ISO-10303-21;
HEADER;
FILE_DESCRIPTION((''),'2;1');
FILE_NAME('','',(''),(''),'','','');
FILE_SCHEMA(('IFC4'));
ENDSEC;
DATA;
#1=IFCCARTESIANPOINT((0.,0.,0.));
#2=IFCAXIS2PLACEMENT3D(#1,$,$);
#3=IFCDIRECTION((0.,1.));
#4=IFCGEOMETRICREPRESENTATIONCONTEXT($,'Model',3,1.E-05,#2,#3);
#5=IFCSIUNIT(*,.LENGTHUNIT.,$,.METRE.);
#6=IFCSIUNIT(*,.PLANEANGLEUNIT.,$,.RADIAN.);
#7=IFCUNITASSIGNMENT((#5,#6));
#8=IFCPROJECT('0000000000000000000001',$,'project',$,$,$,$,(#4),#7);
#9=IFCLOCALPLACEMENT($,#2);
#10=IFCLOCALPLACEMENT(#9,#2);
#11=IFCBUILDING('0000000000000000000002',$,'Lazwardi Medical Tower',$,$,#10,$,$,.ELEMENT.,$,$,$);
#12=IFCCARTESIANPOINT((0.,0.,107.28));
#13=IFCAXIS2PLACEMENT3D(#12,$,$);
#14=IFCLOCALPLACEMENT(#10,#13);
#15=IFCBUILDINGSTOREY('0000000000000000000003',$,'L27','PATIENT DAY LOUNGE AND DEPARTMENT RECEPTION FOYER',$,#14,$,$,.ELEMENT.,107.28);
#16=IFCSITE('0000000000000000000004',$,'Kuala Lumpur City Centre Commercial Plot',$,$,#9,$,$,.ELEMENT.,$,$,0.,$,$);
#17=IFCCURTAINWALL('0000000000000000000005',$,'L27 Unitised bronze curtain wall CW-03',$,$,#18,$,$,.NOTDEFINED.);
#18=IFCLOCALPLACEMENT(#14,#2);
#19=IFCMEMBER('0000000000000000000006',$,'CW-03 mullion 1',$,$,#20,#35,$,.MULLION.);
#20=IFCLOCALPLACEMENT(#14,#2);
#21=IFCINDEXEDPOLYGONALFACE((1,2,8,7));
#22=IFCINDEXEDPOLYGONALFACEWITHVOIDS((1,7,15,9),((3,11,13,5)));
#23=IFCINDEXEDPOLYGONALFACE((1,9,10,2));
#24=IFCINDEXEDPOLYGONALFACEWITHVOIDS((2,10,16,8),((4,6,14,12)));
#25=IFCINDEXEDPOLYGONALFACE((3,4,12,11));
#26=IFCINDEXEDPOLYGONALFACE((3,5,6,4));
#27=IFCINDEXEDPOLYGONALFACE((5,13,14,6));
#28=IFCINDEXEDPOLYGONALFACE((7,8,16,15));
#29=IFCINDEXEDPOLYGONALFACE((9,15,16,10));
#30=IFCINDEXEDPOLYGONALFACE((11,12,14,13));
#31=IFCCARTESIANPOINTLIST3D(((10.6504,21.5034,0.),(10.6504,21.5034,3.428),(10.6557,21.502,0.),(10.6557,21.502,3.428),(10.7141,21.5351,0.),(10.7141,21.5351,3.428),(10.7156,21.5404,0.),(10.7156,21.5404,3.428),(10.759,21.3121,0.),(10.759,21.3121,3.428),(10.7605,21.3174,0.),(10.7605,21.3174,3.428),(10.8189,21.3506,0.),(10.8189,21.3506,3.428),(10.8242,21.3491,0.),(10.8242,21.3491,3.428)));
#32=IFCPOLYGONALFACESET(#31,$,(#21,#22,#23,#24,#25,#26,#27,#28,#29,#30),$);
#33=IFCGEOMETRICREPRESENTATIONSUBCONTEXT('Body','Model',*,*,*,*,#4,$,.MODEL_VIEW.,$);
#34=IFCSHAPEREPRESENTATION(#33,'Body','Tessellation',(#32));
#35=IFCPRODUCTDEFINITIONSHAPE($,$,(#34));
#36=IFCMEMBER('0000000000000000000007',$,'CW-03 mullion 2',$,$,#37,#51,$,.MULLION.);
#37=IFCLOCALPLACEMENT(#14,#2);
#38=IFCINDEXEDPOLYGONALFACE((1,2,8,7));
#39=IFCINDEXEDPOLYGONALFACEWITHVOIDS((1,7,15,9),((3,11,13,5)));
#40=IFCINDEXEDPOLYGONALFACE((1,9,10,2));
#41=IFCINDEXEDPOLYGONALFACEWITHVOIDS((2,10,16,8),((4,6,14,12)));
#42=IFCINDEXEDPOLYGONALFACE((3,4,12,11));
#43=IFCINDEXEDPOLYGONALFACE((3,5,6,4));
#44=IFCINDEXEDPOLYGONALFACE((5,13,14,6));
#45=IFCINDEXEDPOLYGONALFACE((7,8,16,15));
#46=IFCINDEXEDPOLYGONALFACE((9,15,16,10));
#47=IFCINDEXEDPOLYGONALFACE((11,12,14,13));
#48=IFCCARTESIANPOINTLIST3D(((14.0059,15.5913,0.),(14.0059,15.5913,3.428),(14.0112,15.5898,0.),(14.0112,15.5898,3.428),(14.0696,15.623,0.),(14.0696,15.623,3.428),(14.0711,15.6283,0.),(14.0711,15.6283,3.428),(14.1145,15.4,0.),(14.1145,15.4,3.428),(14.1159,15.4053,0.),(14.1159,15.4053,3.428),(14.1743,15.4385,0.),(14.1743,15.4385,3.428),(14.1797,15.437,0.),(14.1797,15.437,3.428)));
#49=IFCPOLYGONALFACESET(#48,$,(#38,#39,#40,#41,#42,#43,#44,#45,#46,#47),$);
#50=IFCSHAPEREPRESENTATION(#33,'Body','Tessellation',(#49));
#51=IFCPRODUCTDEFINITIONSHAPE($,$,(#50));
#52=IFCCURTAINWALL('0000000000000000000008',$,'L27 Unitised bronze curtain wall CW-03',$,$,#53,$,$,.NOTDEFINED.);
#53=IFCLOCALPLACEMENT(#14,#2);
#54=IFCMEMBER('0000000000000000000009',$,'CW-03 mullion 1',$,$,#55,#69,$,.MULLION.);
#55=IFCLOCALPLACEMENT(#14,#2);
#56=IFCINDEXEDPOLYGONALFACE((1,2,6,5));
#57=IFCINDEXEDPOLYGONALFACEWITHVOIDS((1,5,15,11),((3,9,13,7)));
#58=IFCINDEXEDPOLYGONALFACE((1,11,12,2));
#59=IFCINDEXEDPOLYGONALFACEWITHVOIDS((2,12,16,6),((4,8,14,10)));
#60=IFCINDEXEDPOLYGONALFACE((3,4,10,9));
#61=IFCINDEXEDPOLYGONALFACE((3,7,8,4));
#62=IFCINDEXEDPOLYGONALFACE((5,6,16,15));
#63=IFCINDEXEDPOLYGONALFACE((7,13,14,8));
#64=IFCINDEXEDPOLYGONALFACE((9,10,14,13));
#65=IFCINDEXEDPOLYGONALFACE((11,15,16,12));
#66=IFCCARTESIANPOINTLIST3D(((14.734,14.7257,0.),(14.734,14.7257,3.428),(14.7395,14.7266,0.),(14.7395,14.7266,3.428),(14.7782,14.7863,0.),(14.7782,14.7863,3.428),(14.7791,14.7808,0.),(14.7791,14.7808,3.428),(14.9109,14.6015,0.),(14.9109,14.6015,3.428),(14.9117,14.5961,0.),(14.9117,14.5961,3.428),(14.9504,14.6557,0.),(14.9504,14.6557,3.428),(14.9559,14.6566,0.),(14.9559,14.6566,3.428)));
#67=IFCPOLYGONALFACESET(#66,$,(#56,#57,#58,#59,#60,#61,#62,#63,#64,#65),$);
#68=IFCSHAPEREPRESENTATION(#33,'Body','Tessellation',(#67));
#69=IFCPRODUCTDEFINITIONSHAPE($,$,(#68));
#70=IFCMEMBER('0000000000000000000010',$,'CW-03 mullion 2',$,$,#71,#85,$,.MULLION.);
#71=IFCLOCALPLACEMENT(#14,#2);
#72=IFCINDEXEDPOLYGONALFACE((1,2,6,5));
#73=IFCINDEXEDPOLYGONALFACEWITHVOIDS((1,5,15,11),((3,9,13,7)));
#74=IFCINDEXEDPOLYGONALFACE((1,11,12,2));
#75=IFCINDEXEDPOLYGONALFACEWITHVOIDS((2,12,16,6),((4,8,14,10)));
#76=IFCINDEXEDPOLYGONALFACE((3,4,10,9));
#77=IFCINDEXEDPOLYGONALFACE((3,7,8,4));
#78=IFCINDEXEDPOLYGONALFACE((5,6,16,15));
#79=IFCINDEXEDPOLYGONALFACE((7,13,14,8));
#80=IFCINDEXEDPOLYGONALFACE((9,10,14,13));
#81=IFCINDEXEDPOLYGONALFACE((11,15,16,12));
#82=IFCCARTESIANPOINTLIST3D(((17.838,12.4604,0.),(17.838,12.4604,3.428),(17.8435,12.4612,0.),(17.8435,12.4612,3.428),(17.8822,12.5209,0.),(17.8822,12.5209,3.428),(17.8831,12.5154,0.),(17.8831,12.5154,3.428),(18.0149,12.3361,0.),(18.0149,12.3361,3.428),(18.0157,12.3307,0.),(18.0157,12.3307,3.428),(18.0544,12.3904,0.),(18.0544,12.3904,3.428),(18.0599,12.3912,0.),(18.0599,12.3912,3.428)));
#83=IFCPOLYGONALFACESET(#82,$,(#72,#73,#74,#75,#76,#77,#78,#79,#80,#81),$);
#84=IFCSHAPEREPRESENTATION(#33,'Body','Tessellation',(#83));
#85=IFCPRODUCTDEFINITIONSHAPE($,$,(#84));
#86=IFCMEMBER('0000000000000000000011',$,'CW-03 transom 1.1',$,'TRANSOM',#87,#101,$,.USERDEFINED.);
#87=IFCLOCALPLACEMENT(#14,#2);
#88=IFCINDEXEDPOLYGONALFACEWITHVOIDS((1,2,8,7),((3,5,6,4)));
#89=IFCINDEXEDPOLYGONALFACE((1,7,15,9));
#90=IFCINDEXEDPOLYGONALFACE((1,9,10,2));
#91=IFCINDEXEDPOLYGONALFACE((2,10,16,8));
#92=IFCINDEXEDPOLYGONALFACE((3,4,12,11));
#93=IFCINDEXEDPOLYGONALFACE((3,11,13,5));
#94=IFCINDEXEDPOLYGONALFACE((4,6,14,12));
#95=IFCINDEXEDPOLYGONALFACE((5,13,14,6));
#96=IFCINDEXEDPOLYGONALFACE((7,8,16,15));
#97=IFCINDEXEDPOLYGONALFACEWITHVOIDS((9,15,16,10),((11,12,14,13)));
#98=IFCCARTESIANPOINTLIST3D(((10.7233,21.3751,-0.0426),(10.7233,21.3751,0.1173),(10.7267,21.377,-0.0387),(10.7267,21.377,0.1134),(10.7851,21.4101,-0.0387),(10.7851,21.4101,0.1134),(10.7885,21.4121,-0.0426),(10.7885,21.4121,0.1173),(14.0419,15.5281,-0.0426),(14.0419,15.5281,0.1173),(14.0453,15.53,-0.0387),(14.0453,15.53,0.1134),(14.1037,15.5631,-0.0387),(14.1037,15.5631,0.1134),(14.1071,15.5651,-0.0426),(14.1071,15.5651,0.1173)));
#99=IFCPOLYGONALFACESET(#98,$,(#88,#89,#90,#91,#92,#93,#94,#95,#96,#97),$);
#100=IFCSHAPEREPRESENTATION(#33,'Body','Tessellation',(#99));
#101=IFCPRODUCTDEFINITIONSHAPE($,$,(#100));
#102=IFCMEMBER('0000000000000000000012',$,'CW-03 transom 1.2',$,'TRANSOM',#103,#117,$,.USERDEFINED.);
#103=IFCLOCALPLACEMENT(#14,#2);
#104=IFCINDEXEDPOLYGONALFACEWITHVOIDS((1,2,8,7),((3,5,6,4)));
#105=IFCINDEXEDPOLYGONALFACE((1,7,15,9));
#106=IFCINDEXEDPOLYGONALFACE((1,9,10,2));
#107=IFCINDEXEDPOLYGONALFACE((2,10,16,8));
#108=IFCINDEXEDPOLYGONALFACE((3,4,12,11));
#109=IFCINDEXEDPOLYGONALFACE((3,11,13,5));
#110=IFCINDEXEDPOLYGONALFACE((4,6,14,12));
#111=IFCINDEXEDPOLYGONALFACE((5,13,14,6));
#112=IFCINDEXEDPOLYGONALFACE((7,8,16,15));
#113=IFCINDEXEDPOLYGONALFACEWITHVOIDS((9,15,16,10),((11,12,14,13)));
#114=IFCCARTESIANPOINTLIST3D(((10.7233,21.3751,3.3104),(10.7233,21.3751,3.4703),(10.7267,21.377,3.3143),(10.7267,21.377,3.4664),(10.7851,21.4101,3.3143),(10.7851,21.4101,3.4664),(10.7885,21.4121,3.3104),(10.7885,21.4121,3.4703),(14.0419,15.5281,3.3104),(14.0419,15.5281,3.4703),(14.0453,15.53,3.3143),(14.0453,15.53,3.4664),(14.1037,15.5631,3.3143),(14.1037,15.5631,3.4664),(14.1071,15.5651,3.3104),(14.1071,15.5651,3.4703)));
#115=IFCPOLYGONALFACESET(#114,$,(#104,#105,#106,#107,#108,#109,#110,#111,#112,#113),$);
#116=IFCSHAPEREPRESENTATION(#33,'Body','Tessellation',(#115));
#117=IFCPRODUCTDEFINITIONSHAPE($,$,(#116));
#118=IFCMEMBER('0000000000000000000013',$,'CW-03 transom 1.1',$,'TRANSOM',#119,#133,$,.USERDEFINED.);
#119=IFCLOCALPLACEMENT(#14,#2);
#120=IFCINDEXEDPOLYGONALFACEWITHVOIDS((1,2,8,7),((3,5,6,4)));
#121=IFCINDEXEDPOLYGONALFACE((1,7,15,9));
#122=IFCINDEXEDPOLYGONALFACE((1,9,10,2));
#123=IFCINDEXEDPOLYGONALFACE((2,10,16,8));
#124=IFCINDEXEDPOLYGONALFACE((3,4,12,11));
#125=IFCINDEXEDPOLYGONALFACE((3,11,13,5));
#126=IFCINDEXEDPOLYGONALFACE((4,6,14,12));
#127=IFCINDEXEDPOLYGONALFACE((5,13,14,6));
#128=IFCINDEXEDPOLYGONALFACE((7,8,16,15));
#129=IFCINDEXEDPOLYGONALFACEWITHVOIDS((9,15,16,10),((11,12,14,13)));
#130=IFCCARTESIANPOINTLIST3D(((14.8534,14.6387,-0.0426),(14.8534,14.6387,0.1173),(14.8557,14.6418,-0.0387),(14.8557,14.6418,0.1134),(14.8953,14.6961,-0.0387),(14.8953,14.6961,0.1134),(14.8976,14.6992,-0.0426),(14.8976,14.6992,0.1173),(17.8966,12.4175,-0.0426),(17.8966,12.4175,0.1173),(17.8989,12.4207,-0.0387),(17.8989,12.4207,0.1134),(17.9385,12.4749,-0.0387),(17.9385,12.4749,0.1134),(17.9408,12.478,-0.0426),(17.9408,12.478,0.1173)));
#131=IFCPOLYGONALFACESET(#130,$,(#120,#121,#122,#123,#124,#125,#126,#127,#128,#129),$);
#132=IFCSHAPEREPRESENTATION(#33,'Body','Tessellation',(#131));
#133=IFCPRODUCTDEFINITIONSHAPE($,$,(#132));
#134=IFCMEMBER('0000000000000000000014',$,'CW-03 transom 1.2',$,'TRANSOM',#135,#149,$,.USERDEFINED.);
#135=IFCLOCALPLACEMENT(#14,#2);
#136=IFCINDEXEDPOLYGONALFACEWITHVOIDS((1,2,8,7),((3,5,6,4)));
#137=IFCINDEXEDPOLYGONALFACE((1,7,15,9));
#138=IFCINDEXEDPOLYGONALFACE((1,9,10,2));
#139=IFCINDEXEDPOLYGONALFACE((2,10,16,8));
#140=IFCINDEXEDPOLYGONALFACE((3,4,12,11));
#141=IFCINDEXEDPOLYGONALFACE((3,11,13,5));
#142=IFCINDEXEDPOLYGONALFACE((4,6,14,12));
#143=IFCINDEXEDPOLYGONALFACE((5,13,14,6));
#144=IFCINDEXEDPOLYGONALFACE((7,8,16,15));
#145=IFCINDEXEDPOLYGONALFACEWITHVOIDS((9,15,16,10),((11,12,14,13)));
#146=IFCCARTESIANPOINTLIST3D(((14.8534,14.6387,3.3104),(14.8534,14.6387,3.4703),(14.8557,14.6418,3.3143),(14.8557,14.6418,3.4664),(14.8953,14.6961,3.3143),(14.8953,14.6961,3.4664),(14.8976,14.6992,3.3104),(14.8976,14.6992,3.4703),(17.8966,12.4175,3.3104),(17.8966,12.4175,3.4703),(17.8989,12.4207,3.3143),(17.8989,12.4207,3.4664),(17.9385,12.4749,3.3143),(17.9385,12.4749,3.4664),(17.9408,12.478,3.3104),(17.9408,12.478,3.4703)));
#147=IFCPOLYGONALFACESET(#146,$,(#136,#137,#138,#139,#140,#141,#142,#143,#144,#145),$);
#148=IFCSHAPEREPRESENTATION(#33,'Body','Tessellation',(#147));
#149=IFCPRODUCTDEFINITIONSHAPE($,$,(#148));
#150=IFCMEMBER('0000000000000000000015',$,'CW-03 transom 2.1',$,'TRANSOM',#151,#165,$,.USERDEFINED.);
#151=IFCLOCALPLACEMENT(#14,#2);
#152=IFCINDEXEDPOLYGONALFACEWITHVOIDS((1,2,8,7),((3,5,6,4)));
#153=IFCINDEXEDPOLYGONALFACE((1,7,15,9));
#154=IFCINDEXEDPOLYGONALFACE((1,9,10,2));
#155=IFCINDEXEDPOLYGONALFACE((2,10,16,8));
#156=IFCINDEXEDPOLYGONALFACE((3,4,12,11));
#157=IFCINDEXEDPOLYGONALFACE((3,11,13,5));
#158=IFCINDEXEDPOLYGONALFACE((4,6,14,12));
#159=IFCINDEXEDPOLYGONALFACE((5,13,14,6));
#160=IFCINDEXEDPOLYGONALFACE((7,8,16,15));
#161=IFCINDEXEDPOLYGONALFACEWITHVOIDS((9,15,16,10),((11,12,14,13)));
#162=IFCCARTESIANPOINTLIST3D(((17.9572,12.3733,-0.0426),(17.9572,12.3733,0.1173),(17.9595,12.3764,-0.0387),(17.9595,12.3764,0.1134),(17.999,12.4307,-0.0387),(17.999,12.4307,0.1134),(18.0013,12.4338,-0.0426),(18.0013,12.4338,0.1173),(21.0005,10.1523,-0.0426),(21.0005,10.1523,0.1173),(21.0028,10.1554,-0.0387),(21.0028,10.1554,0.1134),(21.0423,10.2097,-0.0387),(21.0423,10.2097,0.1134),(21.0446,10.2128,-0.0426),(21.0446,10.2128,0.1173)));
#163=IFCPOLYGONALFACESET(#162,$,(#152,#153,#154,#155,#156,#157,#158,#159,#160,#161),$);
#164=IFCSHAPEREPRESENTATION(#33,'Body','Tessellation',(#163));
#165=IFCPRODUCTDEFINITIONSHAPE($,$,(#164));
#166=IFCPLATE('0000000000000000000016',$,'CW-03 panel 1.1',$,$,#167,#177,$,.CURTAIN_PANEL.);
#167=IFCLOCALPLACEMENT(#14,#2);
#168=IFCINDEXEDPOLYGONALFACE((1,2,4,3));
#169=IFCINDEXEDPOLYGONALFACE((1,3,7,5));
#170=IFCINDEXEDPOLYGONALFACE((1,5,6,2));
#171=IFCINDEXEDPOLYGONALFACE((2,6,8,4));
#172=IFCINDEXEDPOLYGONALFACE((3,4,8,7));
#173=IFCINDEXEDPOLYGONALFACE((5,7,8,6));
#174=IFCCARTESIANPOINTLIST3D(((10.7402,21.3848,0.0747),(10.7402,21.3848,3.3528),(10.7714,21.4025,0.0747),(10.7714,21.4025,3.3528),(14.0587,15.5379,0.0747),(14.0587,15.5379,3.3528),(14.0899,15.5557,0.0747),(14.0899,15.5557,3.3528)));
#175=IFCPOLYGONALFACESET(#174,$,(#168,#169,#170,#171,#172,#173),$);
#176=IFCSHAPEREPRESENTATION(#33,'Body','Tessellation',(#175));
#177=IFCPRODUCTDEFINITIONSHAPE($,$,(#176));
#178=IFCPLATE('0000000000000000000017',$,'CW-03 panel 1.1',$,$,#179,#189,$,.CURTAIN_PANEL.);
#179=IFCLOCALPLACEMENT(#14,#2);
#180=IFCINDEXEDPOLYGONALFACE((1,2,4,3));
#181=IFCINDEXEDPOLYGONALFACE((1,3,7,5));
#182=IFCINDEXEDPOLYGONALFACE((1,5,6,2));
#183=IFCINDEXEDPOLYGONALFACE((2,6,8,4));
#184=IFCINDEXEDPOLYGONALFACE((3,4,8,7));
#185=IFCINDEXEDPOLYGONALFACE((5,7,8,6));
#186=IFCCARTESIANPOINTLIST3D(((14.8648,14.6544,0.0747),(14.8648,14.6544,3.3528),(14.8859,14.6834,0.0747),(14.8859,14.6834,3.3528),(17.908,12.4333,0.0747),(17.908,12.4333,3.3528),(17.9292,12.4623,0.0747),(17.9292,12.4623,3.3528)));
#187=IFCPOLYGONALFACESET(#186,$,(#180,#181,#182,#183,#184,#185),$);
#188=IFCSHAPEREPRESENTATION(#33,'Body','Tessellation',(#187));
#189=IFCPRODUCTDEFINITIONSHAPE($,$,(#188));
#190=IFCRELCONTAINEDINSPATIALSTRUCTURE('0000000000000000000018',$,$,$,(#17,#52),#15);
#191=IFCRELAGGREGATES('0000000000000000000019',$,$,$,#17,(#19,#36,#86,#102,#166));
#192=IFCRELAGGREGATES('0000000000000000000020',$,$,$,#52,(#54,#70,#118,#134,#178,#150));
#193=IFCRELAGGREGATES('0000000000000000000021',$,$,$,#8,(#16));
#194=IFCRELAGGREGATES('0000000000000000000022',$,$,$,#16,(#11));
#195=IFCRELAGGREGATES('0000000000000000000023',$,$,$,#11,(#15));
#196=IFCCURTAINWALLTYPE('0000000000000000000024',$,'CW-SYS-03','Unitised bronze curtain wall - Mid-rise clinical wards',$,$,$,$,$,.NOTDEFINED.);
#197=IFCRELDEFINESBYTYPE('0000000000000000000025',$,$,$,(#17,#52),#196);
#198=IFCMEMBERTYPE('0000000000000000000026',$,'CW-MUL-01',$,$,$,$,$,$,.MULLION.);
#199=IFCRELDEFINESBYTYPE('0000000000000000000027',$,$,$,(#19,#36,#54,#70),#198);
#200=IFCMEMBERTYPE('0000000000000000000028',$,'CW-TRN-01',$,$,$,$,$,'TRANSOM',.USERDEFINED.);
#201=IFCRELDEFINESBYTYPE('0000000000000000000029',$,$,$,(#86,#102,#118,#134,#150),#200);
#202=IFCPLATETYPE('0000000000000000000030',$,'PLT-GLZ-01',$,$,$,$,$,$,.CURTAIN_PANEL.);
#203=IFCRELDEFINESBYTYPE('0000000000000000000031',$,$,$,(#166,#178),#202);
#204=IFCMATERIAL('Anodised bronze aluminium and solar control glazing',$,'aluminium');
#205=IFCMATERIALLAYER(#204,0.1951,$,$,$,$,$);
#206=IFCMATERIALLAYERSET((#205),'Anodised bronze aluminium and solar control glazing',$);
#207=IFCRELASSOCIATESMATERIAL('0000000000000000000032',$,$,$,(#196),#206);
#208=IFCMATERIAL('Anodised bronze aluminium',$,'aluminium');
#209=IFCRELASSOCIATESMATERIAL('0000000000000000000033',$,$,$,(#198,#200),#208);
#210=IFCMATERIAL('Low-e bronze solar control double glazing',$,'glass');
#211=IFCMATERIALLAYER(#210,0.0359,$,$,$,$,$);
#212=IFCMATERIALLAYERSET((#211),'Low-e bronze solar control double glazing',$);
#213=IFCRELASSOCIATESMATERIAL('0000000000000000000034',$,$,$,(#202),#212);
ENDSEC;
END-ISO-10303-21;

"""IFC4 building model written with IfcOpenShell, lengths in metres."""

from ifc_helpers import new_model, si_unit, direction, frame, origin, origin_2d, place, context, subcontext, project, spatial, rectangle, hollow_rectangle, extrude, material, layer, layer_set, material_profile, profile_set, type_object, element, aggregate, save


model = new_model("IFC4")

# Units and contexts
model_context = context("Model", 3, precision=1e-05, world=origin(), true_north=direction((0.0, 1.0)))
body_context = subcontext(model_context, "Body", "Model", "MODEL_VIEW")
ifc_project = project(units=[si_unit("LENGTHUNIT", "METRE"), si_unit("PLANEANGLEUNIT", "RADIAN")], contexts=[model_context])

# Site, building, storey
site_placement = place(None, origin())
site = spatial("IfcSite", under=ifc_project, at=site_placement, Name="Kuala Lumpur City Centre Commercial Plot", CompositionType="ELEMENT", RefElevation=0.0)
building_placement = place(site_placement, origin())
building = spatial("IfcBuilding", under=site, at=building_placement, Name="Lazwardi Medical Tower", CompositionType="ELEMENT")
storey_placement = place(building_placement, frame((0.0, 0.0, 107.28)))
storey = spatial("IfcBuildingStorey", under=building, at=storey_placement, Name="L27", Description="PATIENT DAY LOUNGE AND DEPARTMENT RECEPTION FOYER", CompositionType="ELEMENT", Elevation=107.28)

# Curtain walls, members
ifc_material_1 = material(Name="Anodised bronze aluminium and solar control glazing", Category="aluminium")
ifc_layer_1 = layer(ifc_material_1, 0.1951)
ifc_layer_set_1 = layer_set([ifc_layer_1], Name="Anodised bronze aluminium and solar control glazing")
curtain_wall_type = type_object("IfcCurtainWallType", Name="CW-SYS-03", Description="Unitised bronze curtain wall - Mid-rise clinical wards", PredefinedType="NOTDEFINED", material=ifc_layer_set_1)
curtain_wall_1_placement = place(storey_placement, origin())
curtain_wall_1 = element("IfcCurtainWall", 1, at=curtain_wall_1_placement, inside=storey, type_object=curtain_wall_type, Name="L27 Unitised bronze curtain wall CW-03", PredefinedType="NOTDEFINED")
ifc_material_2 = material(Name="Anodised bronze aluminium", Category="aluminium")
ifc_material_profile_1 = material_profile(ifc_material_2, hollow_rectangle(XDim=0.075, YDim=0.22, WallThickness=0.0039, at=origin_2d()), Name="ALU-MULLION 220x75x4")
ifc_profile_set_1 = profile_set([ifc_material_profile_1], Name="Anodised bronze aluminium")
member_type_1 = type_object("IfcMemberType", Name="CW-MUL-01", PredefinedType="MULLION", material=ifc_profile_set_1)
member_1_placement = place(storey_placement, frame((10.7373, 21.4263, 0.0), z_axis=(0.0, 0.0, 1.0), x_axis=(0.869687, 0.493603, 0.0)))
member_1 = element("IfcMember", 2, at=member_1_placement, type_object=member_type_1, Name="CW-03 mullion 1", PredefinedType="MULLION", context=body_context, shape_type="SweptSolid", body=[
    extrude(hollow_rectangle(XDim=0.075, YDim=0.22, WallThickness=0.0039, at=origin_2d()), origin(), (0.0, 0.0, 1.0), 3.428),
])
member_2_placement = place(storey_placement, frame((14.0928, 15.5142, 0.0), z_axis=(0.0, 0.0, 1.0), x_axis=(0.869687, 0.493603, 0.0)))
member_2 = element("IfcMember", 3, at=member_2_placement, type_object=member_type_1, Name="CW-03 mullion 2", PredefinedType="MULLION", context=body_context, shape_type="SweptSolid", body=[
    extrude(hollow_rectangle(XDim=0.075, YDim=0.22, WallThickness=0.0039, at=origin_2d()), origin(), (0.0, 0.0, 1.0), 3.428),
])
curtain_wall_2_placement = place(storey_placement, origin())
curtain_wall_2 = element("IfcCurtainWall", 4, at=curtain_wall_2_placement, inside=storey, type_object=curtain_wall_type, Name="L27 Unitised bronze curtain wall CW-03", PredefinedType="NOTDEFINED")
member_3_placement = place(storey_placement, frame((14.845, 14.6912, 0.0), z_axis=(0.0, 0.0, 1.0), x_axis=(0.589531, 0.807746, 0.0)))
member_3 = element("IfcMember", 5, at=member_3_placement, type_object=member_type_1, Name="CW-03 mullion 1", PredefinedType="MULLION", context=body_context, shape_type="SweptSolid", body=[
    extrude(hollow_rectangle(XDim=0.075, YDim=0.22, WallThickness=0.0039, at=origin_2d()), origin(), (0.0, 0.0, 1.0), 3.428),
])
member_4_placement = place(storey_placement, frame((17.949, 12.4258, 0.0), z_axis=(0.0, 0.0, 1.0), x_axis=(0.589531, 0.807746, 0.0)))
member_4 = element("IfcMember", 6, at=member_4_placement, type_object=member_type_1, Name="CW-03 mullion 2", PredefinedType="MULLION", context=body_context, shape_type="SweptSolid", body=[
    extrude(hollow_rectangle(XDim=0.075, YDim=0.22, WallThickness=0.0039, at=origin_2d()), origin(), (0.0, 0.0, 1.0), 3.428),
])

# Members
ifc_material_profile_2 = material_profile(ifc_material_2, hollow_rectangle(XDim=0.075, YDim=0.1599, WallThickness=0.0039, at=origin_2d()), Name="ALU-TRANSOM 160x75x4")
ifc_profile_set_2 = profile_set([ifc_material_profile_2], Name="Anodised bronze aluminium")
member_type_2 = type_object("IfcMemberType", Name="CW-TRN-01", ElementType="TRANSOM", PredefinedType="USERDEFINED", material=ifc_profile_set_2)
member_5_placement = place(storey_placement, frame((10.7559, 21.3936, 0.0374), z_axis=(0.493614, -0.869681, 0.0), x_axis=(0.869681, 0.493614, 0.0)))
member_5 = element("IfcMember", 7, at=member_5_placement, type_object=member_type_2, Name="CW-03 transom 1.1", ObjectType="TRANSOM", PredefinedType="USERDEFINED", context=body_context, shape_type="SweptSolid", body=[
    extrude(hollow_rectangle(XDim=0.075, YDim=0.1599, WallThickness=0.0039, at=origin_2d()), origin(), (0.0, 0.0, 1.0), 6.7231),
])
member_6_placement = place(storey_placement, frame((10.7559, 21.3936, 3.3904), z_axis=(0.493614, -0.869681, 0.0), x_axis=(0.869681, 0.493614, 0.0)))
member_6 = element("IfcMember", 8, at=member_6_placement, type_object=member_type_2, Name="CW-03 transom 1.2", ObjectType="TRANSOM", PredefinedType="USERDEFINED", context=body_context, shape_type="SweptSolid", body=[
    extrude(hollow_rectangle(XDim=0.075, YDim=0.1599, WallThickness=0.0039, at=origin_2d()), origin(), (0.0, 0.0, 1.0), 6.7231),
])
member_7_placement = place(storey_placement, frame((14.8755, 14.6689, 0.0374), z_axis=(0.807732, -0.58955, 0.0), x_axis=(0.58955, 0.807732, 0.0)))
member_7 = element("IfcMember", 9, at=member_7_placement, type_object=member_type_2, Name="CW-03 transom 1.1", ObjectType="TRANSOM", PredefinedType="USERDEFINED", context=body_context, shape_type="SweptSolid", body=[
    extrude(hollow_rectangle(XDim=0.075, YDim=0.1599, WallThickness=0.0039, at=origin_2d()), origin(), (0.0, 0.0, 1.0), 3.7676),
])
member_8_placement = place(storey_placement, frame((14.8755, 14.6689, 3.3904), z_axis=(0.807732, -0.58955, 0.0), x_axis=(0.58955, 0.807732, 0.0)))
member_8 = element("IfcMember", 10, at=member_8_placement, type_object=member_type_2, Name="CW-03 transom 1.2", ObjectType="TRANSOM", PredefinedType="USERDEFINED", context=body_context, shape_type="SweptSolid", body=[
    extrude(hollow_rectangle(XDim=0.075, YDim=0.1599, WallThickness=0.0039, at=origin_2d()), origin(), (0.0, 0.0, 1.0), 3.7676),
])
member_9_placement = place(storey_placement, frame((17.9792, 12.4036, 0.0374), z_axis=(0.807763, -0.589508, 0.0), x_axis=(0.589508, 0.807763, 0.0)))
member_9 = element("IfcMember", 11, at=member_9_placement, type_object=member_type_2, Name="CW-03 transom 2.1", ObjectType="TRANSOM", PredefinedType="USERDEFINED", context=body_context, shape_type="SweptSolid", body=[
    extrude(hollow_rectangle(XDim=0.075, YDim=0.1599, WallThickness=0.0039, at=origin_2d()), origin(), (0.0, 0.0, 1.0), 3.7676),
])

# Plates
ifc_material_3 = material(Name="Low-e bronze solar control double glazing", Category="glass")
ifc_layer_2 = layer(ifc_material_3, 0.0359)
ifc_layer_set_2 = layer_set([ifc_layer_2], Name="Low-e bronze solar control double glazing")
plate_type = type_object("IfcPlateType", Name="PLT-GLZ-01", PredefinedType="CURTAIN_PANEL", material=ifc_layer_set_2)
plate_1_placement = place(storey_placement, frame((12.415, 18.4702, 0.0747), z_axis=(0.0, 0.0, 1.0), x_axis=(0.493603, -0.869687, 0.0)))
plate_1 = element("IfcPlate", 12, at=plate_1_placement, type_object=plate_type, Name="CW-03 panel 1.1", PredefinedType="CURTAIN_PANEL", context=body_context, shape_type="SweptSolid", body=[
    extrude(rectangle(XDim=6.7229, YDim=0.0359, at=origin_2d()), origin(), (0.0, 0.0, 1.0), 3.2781),
])
aggregate(curtain_wall_1, [member_1, member_2, member_5, member_6, plate_1])
plate_2_placement = place(storey_placement, frame((16.397, 13.5583, 0.0747), z_axis=(0.0, 0.0, 1.0), x_axis=(0.807746, -0.589531, 0.0)))
plate_2 = element("IfcPlate", 13, at=plate_2_placement, type_object=plate_type, Name="CW-03 panel 1.1", PredefinedType="CURTAIN_PANEL", context=body_context, shape_type="SweptSolid", body=[
    extrude(rectangle(XDim=3.7676, YDim=0.0359, at=origin_2d()), origin(), (0.0, 0.0, 1.0), 3.2781),
])
aggregate(curtain_wall_2, [member_3, member_4, member_7, member_8, plate_2, member_9])

save(model, "model.ifc")
